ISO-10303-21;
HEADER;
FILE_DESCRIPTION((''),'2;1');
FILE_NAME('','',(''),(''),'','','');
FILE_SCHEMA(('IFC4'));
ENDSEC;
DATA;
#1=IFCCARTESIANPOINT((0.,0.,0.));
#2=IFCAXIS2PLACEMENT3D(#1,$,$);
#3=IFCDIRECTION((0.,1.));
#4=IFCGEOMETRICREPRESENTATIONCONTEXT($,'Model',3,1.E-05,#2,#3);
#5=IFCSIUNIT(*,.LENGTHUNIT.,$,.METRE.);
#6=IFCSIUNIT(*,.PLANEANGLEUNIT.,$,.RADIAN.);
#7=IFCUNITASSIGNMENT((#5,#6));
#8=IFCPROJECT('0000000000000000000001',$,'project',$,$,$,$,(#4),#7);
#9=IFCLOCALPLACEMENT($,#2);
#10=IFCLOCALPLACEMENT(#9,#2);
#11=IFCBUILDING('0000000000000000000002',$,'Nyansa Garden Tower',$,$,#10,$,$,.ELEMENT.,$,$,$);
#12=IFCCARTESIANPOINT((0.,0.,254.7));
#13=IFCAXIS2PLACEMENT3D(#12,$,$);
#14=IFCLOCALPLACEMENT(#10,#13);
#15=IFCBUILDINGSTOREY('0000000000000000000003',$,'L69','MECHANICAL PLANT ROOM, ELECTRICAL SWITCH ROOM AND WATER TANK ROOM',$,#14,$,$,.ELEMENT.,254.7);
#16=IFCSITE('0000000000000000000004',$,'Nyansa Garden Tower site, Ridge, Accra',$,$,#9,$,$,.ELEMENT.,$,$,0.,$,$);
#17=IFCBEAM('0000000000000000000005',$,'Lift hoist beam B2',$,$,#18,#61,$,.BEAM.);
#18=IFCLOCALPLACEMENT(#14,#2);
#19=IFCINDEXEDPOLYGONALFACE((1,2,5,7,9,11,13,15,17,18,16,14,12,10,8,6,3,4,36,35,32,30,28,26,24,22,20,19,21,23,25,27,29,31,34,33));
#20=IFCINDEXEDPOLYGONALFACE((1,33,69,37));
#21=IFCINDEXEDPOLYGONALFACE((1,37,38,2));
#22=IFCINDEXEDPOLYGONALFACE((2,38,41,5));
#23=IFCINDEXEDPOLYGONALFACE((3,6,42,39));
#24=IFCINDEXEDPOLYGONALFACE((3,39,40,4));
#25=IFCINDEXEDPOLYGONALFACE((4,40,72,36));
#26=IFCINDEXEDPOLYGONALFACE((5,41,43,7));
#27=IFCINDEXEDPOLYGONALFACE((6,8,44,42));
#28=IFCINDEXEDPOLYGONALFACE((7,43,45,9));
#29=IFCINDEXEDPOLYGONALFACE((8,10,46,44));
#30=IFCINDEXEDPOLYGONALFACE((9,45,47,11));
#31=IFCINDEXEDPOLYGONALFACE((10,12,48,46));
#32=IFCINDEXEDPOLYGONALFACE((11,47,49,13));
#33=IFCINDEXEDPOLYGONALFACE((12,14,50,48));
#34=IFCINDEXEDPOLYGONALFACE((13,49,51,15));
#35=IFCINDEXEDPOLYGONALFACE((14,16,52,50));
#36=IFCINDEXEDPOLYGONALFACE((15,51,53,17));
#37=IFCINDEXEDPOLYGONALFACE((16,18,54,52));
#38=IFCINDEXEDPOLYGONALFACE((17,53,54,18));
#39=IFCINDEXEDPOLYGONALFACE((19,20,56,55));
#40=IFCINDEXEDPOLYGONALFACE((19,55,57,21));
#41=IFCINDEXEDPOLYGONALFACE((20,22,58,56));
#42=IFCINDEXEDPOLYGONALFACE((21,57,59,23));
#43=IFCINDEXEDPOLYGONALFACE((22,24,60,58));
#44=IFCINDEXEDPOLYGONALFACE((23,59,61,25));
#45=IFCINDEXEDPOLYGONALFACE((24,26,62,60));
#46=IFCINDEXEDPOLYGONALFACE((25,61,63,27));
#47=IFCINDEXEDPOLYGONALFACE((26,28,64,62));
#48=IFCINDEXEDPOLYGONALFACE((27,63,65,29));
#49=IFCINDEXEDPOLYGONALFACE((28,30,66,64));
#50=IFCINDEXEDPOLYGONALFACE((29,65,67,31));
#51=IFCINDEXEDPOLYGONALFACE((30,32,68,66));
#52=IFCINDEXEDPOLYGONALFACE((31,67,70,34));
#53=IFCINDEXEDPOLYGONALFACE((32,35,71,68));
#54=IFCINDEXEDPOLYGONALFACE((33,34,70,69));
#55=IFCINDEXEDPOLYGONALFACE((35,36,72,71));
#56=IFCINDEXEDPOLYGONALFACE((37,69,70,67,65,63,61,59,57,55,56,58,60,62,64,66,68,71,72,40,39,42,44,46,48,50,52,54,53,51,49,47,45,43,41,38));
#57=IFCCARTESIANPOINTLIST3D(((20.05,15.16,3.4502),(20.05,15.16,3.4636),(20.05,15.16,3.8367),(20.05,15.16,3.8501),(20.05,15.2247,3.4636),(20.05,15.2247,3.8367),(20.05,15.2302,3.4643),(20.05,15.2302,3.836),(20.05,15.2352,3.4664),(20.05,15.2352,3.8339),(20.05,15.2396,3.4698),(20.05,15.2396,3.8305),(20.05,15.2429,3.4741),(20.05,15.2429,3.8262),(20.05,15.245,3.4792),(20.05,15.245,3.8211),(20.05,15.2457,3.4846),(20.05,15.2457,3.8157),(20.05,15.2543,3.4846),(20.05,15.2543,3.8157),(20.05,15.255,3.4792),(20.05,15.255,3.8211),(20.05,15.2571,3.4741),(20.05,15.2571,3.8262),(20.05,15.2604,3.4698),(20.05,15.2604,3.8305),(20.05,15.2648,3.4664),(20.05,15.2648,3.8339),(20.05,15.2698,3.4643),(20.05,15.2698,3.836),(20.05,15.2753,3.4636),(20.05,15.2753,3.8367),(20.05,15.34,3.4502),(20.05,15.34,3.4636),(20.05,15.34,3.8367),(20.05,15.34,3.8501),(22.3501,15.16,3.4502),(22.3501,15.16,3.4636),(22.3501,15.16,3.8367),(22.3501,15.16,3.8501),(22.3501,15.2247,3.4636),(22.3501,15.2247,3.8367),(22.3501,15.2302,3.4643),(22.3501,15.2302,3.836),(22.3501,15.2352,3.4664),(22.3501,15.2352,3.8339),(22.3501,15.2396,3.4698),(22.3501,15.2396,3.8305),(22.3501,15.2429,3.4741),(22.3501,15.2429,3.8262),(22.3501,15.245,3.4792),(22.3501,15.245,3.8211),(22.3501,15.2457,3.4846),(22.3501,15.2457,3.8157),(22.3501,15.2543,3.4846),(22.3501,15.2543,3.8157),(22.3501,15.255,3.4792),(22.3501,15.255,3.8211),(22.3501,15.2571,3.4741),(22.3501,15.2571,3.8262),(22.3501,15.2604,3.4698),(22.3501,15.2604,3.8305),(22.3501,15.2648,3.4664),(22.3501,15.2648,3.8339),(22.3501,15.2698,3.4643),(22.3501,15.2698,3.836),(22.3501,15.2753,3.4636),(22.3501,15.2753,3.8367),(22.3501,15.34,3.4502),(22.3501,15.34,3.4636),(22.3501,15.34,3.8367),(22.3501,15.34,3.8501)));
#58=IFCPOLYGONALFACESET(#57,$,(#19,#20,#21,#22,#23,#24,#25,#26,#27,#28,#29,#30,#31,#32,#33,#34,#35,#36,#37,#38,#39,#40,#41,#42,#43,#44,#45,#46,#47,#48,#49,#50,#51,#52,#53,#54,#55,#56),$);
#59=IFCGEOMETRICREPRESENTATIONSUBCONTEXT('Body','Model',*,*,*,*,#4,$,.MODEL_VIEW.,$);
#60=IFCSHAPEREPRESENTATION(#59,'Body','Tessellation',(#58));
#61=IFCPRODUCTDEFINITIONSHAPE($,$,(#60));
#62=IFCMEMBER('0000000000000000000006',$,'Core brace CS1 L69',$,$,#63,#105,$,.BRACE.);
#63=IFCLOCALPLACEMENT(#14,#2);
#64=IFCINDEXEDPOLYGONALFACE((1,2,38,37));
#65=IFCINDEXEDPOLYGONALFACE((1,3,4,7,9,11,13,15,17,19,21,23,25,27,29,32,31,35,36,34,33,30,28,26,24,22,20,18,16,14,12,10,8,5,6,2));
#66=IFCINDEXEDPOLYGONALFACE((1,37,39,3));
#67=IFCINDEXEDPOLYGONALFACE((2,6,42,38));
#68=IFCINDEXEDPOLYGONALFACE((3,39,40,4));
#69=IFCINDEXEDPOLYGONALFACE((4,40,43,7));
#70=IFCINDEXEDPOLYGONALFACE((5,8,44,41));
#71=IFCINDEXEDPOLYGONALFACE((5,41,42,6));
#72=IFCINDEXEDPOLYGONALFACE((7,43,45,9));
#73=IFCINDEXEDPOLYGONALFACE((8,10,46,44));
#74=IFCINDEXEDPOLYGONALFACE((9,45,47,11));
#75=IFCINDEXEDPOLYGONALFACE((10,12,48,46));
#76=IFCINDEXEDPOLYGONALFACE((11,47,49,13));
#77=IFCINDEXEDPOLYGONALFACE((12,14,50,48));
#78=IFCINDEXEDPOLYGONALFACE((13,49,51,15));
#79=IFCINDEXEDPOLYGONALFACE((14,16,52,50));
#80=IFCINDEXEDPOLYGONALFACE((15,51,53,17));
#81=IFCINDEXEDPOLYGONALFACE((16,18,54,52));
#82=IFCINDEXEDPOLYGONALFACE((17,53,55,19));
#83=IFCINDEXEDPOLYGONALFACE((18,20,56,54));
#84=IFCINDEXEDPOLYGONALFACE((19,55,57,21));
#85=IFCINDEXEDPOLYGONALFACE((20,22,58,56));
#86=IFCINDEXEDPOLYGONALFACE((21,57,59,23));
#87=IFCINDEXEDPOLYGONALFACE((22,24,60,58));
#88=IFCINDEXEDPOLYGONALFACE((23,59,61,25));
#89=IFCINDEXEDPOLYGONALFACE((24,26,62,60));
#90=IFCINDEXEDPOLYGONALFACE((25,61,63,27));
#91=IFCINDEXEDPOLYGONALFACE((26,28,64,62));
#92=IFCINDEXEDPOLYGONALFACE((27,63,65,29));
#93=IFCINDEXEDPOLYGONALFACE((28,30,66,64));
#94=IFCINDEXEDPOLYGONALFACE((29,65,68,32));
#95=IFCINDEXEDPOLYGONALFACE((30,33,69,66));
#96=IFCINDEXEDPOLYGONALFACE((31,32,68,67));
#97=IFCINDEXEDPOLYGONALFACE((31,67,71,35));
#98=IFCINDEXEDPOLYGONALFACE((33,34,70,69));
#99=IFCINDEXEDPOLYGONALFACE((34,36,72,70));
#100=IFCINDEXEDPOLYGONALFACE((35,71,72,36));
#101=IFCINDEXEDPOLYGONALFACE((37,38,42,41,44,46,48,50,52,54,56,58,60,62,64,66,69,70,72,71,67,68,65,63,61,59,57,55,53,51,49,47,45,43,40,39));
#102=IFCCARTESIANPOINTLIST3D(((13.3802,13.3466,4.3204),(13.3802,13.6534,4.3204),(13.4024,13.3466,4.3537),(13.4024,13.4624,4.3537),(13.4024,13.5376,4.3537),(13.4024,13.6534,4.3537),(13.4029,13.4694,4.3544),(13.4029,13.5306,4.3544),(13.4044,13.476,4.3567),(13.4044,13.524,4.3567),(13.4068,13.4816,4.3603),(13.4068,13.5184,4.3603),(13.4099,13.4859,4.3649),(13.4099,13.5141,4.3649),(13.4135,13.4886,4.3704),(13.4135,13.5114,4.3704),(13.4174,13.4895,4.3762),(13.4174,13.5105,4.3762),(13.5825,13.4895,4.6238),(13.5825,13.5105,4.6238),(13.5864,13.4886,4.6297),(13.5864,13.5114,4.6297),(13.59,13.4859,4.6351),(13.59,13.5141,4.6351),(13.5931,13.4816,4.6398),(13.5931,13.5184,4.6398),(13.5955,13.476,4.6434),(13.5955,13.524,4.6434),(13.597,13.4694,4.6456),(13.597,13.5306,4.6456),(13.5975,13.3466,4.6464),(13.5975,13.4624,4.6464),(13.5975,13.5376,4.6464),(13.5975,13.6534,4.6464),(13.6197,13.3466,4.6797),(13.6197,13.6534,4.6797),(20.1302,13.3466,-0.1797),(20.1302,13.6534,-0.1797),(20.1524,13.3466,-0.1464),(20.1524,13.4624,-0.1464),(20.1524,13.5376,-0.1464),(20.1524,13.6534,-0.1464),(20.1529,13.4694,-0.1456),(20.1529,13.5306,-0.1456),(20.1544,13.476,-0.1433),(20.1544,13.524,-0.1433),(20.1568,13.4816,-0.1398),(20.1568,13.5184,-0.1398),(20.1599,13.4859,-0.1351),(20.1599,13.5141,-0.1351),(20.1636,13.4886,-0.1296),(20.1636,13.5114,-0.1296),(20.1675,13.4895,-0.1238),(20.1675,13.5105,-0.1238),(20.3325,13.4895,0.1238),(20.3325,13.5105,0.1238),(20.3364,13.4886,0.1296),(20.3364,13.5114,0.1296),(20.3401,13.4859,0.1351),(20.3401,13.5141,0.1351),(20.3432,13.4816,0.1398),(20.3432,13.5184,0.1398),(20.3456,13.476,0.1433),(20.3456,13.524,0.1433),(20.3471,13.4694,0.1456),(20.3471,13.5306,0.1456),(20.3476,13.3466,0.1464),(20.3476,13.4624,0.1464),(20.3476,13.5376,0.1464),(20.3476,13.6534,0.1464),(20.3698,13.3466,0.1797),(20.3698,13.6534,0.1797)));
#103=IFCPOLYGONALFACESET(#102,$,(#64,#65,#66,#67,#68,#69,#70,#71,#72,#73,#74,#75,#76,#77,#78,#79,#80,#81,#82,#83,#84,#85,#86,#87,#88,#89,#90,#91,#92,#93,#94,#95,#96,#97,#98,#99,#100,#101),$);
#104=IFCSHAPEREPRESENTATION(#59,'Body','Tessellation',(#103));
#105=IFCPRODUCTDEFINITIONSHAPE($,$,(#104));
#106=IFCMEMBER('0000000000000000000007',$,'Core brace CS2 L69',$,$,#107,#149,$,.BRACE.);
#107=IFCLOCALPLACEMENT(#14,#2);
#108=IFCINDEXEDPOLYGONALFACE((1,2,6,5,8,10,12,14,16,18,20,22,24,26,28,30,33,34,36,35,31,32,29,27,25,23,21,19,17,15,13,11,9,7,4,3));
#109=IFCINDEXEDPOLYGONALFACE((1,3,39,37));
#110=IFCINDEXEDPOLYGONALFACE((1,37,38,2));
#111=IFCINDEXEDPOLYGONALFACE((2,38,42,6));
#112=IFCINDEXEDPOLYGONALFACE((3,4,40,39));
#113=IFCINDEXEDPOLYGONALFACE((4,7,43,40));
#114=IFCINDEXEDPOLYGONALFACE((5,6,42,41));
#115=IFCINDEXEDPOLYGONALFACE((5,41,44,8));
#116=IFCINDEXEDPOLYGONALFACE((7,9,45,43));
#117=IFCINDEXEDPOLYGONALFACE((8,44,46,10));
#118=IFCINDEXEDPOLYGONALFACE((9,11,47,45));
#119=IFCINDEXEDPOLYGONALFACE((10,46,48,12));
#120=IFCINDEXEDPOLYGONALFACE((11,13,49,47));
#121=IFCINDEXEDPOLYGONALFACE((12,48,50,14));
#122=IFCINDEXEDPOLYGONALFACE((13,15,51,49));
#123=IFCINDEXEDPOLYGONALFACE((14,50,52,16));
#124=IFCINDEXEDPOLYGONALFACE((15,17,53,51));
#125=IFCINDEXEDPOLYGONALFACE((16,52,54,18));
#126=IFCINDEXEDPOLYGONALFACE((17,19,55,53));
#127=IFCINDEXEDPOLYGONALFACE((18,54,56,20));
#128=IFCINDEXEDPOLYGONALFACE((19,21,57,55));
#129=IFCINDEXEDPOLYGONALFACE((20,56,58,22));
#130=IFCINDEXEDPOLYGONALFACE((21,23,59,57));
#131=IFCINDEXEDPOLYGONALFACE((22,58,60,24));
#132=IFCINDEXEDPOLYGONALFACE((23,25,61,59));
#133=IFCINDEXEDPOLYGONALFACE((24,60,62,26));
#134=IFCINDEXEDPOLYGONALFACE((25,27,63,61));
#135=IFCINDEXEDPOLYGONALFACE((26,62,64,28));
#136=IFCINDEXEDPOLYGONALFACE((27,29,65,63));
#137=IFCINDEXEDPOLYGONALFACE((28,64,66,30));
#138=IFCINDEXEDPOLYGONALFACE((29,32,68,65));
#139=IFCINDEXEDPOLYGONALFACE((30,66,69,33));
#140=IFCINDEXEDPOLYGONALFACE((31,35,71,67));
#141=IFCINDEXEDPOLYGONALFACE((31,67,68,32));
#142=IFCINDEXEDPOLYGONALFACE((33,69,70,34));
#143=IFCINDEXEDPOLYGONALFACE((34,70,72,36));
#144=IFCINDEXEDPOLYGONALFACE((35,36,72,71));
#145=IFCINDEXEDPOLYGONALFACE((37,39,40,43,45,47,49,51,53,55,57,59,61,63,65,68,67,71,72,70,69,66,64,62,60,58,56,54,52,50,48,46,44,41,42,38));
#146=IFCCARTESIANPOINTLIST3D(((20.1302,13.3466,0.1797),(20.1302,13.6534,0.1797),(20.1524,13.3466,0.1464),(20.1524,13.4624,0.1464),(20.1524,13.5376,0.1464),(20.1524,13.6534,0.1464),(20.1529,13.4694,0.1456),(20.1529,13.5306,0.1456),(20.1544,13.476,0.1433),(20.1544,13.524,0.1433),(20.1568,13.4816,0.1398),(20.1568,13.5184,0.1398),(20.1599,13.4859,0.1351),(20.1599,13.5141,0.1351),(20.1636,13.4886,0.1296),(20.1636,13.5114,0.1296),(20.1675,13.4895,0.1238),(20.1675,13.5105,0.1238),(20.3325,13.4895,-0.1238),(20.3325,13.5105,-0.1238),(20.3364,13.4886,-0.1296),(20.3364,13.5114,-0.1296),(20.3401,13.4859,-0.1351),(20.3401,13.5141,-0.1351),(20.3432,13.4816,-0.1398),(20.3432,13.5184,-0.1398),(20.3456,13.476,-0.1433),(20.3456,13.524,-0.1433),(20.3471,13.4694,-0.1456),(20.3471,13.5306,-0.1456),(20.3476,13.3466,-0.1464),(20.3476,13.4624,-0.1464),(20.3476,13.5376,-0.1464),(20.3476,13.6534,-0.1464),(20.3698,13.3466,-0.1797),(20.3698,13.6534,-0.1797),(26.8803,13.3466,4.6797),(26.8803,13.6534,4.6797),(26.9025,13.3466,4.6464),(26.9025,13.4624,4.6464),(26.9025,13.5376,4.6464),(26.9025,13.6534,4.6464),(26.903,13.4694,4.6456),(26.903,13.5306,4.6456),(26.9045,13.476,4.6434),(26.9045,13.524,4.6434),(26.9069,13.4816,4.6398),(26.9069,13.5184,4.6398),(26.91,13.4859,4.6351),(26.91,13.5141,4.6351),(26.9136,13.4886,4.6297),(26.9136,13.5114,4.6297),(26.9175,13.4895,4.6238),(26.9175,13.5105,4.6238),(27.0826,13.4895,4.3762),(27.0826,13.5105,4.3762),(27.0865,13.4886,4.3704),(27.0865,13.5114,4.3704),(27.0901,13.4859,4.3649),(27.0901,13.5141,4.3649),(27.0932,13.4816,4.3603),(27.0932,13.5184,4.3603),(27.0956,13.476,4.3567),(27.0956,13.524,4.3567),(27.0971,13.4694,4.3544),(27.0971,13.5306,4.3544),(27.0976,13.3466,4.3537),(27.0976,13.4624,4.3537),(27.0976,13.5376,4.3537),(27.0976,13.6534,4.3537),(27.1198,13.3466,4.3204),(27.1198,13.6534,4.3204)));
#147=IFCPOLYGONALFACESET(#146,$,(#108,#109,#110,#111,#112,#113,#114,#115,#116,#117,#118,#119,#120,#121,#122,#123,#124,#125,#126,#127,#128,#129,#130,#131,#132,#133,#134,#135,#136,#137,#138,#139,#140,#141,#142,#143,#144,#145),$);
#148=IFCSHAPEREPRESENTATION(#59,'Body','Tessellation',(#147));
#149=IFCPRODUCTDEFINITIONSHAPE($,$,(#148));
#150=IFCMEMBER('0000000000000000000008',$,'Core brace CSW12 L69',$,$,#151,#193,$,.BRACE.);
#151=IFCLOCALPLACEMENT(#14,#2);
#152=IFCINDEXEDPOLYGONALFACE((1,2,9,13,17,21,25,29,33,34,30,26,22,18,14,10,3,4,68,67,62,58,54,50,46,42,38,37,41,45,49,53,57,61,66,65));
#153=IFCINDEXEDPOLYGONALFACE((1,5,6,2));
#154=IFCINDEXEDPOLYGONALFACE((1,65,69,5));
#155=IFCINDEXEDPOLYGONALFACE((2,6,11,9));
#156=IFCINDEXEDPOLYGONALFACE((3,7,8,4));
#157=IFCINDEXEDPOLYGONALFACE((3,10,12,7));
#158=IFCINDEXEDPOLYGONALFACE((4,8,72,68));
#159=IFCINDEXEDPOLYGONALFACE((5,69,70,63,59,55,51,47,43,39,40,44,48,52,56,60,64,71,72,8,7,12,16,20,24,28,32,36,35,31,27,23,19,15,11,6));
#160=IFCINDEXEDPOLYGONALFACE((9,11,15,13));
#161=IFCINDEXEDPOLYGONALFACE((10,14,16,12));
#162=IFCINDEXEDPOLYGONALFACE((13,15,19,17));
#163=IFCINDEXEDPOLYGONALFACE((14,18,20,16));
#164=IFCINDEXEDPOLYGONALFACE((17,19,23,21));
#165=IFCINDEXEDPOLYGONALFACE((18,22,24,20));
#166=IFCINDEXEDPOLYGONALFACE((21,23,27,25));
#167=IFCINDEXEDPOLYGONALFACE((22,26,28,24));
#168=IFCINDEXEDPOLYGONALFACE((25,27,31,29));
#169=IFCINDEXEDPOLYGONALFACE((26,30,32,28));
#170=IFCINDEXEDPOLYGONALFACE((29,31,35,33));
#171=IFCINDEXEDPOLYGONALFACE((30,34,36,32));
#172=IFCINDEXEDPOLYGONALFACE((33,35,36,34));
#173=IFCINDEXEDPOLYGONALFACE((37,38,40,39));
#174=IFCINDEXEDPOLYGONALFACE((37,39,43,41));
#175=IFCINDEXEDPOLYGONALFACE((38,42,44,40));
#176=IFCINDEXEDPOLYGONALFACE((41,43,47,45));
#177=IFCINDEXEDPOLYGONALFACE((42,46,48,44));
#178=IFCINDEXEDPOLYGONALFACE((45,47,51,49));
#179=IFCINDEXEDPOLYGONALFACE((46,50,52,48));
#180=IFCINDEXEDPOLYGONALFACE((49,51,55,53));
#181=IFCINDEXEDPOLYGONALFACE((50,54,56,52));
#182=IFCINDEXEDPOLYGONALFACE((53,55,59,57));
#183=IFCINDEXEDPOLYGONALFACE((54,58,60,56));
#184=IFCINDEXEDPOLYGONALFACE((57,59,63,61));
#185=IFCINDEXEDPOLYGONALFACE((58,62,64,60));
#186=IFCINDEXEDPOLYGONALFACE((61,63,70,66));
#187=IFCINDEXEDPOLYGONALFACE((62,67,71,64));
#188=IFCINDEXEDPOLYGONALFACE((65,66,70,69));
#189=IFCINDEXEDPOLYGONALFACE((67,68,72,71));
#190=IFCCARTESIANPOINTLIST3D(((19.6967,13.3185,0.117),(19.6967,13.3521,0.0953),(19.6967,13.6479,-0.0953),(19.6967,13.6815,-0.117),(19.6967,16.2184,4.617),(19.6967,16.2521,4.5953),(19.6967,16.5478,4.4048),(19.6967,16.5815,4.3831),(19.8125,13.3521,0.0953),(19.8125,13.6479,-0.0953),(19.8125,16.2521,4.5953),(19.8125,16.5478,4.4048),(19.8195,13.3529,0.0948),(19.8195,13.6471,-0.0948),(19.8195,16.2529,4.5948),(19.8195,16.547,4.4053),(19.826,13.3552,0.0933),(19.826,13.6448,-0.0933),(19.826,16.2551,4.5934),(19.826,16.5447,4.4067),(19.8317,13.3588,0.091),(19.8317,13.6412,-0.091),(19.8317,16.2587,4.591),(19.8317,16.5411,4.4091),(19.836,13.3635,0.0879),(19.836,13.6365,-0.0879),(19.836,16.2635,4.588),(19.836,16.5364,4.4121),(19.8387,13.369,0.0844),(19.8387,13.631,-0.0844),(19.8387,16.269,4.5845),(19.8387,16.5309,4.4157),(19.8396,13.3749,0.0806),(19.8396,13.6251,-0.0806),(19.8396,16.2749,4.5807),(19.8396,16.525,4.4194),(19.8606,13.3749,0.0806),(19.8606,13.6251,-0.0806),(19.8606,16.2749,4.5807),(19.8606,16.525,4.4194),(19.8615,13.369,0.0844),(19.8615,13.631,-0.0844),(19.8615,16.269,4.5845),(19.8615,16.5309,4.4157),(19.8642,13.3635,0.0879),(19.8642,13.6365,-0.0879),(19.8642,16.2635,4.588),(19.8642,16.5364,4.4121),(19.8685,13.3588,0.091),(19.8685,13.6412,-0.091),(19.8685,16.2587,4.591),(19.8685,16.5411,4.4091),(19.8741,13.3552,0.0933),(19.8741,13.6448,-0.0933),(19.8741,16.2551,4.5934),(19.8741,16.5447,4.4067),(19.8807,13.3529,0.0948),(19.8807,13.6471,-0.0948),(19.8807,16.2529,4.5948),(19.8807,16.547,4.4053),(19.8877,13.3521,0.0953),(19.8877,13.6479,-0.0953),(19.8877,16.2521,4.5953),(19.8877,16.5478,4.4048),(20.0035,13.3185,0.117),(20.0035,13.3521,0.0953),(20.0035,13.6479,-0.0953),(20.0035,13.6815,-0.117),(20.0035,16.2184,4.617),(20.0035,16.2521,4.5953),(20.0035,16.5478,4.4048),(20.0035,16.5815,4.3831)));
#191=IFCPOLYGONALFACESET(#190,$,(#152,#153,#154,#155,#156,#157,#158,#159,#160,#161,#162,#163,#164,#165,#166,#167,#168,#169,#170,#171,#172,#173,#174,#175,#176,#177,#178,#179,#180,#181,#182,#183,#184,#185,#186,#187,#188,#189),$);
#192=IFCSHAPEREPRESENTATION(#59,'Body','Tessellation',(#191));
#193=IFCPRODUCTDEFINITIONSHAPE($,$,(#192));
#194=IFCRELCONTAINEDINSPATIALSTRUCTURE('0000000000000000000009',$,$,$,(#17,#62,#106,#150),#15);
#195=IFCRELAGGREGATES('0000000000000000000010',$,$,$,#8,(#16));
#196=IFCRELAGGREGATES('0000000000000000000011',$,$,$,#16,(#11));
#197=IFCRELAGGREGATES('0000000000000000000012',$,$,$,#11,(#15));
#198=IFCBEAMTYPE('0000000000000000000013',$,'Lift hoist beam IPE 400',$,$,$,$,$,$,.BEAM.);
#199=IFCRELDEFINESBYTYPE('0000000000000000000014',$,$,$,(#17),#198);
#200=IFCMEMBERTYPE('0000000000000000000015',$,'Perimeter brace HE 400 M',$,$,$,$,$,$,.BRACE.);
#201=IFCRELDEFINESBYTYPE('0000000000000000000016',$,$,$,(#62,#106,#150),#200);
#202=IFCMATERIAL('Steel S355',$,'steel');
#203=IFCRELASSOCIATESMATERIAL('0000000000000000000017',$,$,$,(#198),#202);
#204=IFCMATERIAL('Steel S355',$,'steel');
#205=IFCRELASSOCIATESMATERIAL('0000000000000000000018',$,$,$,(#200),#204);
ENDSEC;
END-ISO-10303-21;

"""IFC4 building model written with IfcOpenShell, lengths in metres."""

from ifc_helpers import new_model, si_unit, direction, frame, origin, origin_2d, place, context, subcontext, project, spatial, i_section, extrude, material, material_profile, profile_set, type_object, element, save


model = new_model("IFC4")

# Units and contexts
model_context = context("Model", 3, precision=1e-05, world=origin(), true_north=direction((0.0, 1.0)))
body_context = subcontext(model_context, "Body", "Model", "MODEL_VIEW")
ifc_project = project(units=[si_unit("LENGTHUNIT", "METRE"), si_unit("PLANEANGLEUNIT", "RADIAN")], contexts=[model_context])

# Site, building, storey
site_placement = place(None, origin())
site = spatial("IfcSite", under=ifc_project, at=site_placement, Name="Nyansa Garden Tower site, Ridge, Accra", CompositionType="ELEMENT", RefElevation=0.0)
building_placement = place(site_placement, origin())
building = spatial("IfcBuilding", under=site, at=building_placement, Name="Nyansa Garden Tower", CompositionType="ELEMENT")
storey_placement = place(building_placement, frame((0.0, 0.0, 254.7)))
storey = spatial("IfcBuildingStorey", under=building, at=storey_placement, Name="L69", Description="MECHANICAL PLANT ROOM, ELECTRICAL SWITCH ROOM AND WATER TANK ROOM", CompositionType="ELEMENT", Elevation=254.7)

# Beam
ifc_material_1 = material(Name="Steel S355", Category="steel")
ifc_material_profile_1 = material_profile(ifc_material_1, i_section(OverallWidth=0.1799, OverallDepth=0.3999, WebThickness=0.0085, FlangeThickness=0.0134, FilletRadius=0.021, at=origin_2d()), Name="IPE 400")
ifc_profile_set_1 = profile_set([ifc_material_profile_1], Name="Steel S355")
beam_type_1 = type_object("IfcBeamType", Name="Lift hoist beam IPE 400", PredefinedType="BEAM", material=ifc_profile_set_1)
beam_1_placement = place(storey_placement, frame((20.05, 15.25, 3.6501), z_axis=(1.0, 0.0, 0.0), x_axis=(0.0, 1.0, 0.0)))
element("IfcBeam", 1, at=beam_1_placement, inside=storey, type_object=beam_type_1, Name="Lift hoist beam B2", PredefinedType="BEAM", context=body_context, shape_type="SweptSolid", body=[
    extrude(i_section(OverallWidth=0.1799, OverallDepth=0.3999, WebThickness=0.0085, FlangeThickness=0.0134, FilletRadius=0.021, at=origin_2d()), origin(), (0.0, 0.0, 1.0), 2.3),
])

# Members
ifc_material_2 = material(Name="Steel S355", Category="steel")
ifc_material_profile_2 = material_profile(ifc_material_2, i_section(OverallWidth=0.3069, OverallDepth=0.4319, WebThickness=0.021, FlangeThickness=0.04, FilletRadius=0.0271, at=origin_2d()), Name="HE 400 M")
ifc_profile_set_2 = profile_set([ifc_material_profile_2], Name="Steel S355")
member_type = type_object("IfcMemberType", Name="Perimeter brace HE 400 M", PredefinedType="BRACE", material=ifc_profile_set_2)
for number, where, z_axis, x_axis, name in (
    (2, (20.25, 13.5, 0.0), (-0.83205, 0.0, 0.5547), (0.0, -1.0, 0.0), "Core brace CS1 L69"),
    (3, (20.25, 13.5, 0.0), (0.83205, 0.0, 0.5547), (0.0, 1.0, 0.0), "Core brace CS2 L69"),
):
    element("IfcMember", number, at=place(storey_placement, frame(where, z_axis=z_axis, x_axis=x_axis)), inside=storey, type_object=member_type, Name=name, PredefinedType="BRACE", context=body_context, shape_type="SweptSolid", body=[
        extrude(i_section(OverallWidth=0.3069, OverallDepth=0.4319, WebThickness=0.021, FlangeThickness=0.04, FilletRadius=0.0271, at=origin_2d()), origin(), (0.0, 0.0, 1.0), 8.1125),
    ])
for number, where, z_axis, x_axis, name in (
    (4, (19.8501, 13.5, 0.0), (0.0, 0.541688, 0.840579), (-1.0, 0.0, 0.0), "Core brace CSW12 L69"),
):
    element("IfcMember", number, at=place(storey_placement, frame(where, z_axis=z_axis, x_axis=x_axis)), inside=storey, type_object=member_type, Name=name, PredefinedType="BRACE", context=body_context, shape_type="SweptSolid", body=[
        extrude(i_section(OverallWidth=0.3069, OverallDepth=0.4319, WebThickness=0.021, FlangeThickness=0.04, FilletRadius=0.0271, at=origin_2d()), origin(), (0.0, 0.0, 1.0), 5.3535),
    ])

save(model, "model.ifc")
